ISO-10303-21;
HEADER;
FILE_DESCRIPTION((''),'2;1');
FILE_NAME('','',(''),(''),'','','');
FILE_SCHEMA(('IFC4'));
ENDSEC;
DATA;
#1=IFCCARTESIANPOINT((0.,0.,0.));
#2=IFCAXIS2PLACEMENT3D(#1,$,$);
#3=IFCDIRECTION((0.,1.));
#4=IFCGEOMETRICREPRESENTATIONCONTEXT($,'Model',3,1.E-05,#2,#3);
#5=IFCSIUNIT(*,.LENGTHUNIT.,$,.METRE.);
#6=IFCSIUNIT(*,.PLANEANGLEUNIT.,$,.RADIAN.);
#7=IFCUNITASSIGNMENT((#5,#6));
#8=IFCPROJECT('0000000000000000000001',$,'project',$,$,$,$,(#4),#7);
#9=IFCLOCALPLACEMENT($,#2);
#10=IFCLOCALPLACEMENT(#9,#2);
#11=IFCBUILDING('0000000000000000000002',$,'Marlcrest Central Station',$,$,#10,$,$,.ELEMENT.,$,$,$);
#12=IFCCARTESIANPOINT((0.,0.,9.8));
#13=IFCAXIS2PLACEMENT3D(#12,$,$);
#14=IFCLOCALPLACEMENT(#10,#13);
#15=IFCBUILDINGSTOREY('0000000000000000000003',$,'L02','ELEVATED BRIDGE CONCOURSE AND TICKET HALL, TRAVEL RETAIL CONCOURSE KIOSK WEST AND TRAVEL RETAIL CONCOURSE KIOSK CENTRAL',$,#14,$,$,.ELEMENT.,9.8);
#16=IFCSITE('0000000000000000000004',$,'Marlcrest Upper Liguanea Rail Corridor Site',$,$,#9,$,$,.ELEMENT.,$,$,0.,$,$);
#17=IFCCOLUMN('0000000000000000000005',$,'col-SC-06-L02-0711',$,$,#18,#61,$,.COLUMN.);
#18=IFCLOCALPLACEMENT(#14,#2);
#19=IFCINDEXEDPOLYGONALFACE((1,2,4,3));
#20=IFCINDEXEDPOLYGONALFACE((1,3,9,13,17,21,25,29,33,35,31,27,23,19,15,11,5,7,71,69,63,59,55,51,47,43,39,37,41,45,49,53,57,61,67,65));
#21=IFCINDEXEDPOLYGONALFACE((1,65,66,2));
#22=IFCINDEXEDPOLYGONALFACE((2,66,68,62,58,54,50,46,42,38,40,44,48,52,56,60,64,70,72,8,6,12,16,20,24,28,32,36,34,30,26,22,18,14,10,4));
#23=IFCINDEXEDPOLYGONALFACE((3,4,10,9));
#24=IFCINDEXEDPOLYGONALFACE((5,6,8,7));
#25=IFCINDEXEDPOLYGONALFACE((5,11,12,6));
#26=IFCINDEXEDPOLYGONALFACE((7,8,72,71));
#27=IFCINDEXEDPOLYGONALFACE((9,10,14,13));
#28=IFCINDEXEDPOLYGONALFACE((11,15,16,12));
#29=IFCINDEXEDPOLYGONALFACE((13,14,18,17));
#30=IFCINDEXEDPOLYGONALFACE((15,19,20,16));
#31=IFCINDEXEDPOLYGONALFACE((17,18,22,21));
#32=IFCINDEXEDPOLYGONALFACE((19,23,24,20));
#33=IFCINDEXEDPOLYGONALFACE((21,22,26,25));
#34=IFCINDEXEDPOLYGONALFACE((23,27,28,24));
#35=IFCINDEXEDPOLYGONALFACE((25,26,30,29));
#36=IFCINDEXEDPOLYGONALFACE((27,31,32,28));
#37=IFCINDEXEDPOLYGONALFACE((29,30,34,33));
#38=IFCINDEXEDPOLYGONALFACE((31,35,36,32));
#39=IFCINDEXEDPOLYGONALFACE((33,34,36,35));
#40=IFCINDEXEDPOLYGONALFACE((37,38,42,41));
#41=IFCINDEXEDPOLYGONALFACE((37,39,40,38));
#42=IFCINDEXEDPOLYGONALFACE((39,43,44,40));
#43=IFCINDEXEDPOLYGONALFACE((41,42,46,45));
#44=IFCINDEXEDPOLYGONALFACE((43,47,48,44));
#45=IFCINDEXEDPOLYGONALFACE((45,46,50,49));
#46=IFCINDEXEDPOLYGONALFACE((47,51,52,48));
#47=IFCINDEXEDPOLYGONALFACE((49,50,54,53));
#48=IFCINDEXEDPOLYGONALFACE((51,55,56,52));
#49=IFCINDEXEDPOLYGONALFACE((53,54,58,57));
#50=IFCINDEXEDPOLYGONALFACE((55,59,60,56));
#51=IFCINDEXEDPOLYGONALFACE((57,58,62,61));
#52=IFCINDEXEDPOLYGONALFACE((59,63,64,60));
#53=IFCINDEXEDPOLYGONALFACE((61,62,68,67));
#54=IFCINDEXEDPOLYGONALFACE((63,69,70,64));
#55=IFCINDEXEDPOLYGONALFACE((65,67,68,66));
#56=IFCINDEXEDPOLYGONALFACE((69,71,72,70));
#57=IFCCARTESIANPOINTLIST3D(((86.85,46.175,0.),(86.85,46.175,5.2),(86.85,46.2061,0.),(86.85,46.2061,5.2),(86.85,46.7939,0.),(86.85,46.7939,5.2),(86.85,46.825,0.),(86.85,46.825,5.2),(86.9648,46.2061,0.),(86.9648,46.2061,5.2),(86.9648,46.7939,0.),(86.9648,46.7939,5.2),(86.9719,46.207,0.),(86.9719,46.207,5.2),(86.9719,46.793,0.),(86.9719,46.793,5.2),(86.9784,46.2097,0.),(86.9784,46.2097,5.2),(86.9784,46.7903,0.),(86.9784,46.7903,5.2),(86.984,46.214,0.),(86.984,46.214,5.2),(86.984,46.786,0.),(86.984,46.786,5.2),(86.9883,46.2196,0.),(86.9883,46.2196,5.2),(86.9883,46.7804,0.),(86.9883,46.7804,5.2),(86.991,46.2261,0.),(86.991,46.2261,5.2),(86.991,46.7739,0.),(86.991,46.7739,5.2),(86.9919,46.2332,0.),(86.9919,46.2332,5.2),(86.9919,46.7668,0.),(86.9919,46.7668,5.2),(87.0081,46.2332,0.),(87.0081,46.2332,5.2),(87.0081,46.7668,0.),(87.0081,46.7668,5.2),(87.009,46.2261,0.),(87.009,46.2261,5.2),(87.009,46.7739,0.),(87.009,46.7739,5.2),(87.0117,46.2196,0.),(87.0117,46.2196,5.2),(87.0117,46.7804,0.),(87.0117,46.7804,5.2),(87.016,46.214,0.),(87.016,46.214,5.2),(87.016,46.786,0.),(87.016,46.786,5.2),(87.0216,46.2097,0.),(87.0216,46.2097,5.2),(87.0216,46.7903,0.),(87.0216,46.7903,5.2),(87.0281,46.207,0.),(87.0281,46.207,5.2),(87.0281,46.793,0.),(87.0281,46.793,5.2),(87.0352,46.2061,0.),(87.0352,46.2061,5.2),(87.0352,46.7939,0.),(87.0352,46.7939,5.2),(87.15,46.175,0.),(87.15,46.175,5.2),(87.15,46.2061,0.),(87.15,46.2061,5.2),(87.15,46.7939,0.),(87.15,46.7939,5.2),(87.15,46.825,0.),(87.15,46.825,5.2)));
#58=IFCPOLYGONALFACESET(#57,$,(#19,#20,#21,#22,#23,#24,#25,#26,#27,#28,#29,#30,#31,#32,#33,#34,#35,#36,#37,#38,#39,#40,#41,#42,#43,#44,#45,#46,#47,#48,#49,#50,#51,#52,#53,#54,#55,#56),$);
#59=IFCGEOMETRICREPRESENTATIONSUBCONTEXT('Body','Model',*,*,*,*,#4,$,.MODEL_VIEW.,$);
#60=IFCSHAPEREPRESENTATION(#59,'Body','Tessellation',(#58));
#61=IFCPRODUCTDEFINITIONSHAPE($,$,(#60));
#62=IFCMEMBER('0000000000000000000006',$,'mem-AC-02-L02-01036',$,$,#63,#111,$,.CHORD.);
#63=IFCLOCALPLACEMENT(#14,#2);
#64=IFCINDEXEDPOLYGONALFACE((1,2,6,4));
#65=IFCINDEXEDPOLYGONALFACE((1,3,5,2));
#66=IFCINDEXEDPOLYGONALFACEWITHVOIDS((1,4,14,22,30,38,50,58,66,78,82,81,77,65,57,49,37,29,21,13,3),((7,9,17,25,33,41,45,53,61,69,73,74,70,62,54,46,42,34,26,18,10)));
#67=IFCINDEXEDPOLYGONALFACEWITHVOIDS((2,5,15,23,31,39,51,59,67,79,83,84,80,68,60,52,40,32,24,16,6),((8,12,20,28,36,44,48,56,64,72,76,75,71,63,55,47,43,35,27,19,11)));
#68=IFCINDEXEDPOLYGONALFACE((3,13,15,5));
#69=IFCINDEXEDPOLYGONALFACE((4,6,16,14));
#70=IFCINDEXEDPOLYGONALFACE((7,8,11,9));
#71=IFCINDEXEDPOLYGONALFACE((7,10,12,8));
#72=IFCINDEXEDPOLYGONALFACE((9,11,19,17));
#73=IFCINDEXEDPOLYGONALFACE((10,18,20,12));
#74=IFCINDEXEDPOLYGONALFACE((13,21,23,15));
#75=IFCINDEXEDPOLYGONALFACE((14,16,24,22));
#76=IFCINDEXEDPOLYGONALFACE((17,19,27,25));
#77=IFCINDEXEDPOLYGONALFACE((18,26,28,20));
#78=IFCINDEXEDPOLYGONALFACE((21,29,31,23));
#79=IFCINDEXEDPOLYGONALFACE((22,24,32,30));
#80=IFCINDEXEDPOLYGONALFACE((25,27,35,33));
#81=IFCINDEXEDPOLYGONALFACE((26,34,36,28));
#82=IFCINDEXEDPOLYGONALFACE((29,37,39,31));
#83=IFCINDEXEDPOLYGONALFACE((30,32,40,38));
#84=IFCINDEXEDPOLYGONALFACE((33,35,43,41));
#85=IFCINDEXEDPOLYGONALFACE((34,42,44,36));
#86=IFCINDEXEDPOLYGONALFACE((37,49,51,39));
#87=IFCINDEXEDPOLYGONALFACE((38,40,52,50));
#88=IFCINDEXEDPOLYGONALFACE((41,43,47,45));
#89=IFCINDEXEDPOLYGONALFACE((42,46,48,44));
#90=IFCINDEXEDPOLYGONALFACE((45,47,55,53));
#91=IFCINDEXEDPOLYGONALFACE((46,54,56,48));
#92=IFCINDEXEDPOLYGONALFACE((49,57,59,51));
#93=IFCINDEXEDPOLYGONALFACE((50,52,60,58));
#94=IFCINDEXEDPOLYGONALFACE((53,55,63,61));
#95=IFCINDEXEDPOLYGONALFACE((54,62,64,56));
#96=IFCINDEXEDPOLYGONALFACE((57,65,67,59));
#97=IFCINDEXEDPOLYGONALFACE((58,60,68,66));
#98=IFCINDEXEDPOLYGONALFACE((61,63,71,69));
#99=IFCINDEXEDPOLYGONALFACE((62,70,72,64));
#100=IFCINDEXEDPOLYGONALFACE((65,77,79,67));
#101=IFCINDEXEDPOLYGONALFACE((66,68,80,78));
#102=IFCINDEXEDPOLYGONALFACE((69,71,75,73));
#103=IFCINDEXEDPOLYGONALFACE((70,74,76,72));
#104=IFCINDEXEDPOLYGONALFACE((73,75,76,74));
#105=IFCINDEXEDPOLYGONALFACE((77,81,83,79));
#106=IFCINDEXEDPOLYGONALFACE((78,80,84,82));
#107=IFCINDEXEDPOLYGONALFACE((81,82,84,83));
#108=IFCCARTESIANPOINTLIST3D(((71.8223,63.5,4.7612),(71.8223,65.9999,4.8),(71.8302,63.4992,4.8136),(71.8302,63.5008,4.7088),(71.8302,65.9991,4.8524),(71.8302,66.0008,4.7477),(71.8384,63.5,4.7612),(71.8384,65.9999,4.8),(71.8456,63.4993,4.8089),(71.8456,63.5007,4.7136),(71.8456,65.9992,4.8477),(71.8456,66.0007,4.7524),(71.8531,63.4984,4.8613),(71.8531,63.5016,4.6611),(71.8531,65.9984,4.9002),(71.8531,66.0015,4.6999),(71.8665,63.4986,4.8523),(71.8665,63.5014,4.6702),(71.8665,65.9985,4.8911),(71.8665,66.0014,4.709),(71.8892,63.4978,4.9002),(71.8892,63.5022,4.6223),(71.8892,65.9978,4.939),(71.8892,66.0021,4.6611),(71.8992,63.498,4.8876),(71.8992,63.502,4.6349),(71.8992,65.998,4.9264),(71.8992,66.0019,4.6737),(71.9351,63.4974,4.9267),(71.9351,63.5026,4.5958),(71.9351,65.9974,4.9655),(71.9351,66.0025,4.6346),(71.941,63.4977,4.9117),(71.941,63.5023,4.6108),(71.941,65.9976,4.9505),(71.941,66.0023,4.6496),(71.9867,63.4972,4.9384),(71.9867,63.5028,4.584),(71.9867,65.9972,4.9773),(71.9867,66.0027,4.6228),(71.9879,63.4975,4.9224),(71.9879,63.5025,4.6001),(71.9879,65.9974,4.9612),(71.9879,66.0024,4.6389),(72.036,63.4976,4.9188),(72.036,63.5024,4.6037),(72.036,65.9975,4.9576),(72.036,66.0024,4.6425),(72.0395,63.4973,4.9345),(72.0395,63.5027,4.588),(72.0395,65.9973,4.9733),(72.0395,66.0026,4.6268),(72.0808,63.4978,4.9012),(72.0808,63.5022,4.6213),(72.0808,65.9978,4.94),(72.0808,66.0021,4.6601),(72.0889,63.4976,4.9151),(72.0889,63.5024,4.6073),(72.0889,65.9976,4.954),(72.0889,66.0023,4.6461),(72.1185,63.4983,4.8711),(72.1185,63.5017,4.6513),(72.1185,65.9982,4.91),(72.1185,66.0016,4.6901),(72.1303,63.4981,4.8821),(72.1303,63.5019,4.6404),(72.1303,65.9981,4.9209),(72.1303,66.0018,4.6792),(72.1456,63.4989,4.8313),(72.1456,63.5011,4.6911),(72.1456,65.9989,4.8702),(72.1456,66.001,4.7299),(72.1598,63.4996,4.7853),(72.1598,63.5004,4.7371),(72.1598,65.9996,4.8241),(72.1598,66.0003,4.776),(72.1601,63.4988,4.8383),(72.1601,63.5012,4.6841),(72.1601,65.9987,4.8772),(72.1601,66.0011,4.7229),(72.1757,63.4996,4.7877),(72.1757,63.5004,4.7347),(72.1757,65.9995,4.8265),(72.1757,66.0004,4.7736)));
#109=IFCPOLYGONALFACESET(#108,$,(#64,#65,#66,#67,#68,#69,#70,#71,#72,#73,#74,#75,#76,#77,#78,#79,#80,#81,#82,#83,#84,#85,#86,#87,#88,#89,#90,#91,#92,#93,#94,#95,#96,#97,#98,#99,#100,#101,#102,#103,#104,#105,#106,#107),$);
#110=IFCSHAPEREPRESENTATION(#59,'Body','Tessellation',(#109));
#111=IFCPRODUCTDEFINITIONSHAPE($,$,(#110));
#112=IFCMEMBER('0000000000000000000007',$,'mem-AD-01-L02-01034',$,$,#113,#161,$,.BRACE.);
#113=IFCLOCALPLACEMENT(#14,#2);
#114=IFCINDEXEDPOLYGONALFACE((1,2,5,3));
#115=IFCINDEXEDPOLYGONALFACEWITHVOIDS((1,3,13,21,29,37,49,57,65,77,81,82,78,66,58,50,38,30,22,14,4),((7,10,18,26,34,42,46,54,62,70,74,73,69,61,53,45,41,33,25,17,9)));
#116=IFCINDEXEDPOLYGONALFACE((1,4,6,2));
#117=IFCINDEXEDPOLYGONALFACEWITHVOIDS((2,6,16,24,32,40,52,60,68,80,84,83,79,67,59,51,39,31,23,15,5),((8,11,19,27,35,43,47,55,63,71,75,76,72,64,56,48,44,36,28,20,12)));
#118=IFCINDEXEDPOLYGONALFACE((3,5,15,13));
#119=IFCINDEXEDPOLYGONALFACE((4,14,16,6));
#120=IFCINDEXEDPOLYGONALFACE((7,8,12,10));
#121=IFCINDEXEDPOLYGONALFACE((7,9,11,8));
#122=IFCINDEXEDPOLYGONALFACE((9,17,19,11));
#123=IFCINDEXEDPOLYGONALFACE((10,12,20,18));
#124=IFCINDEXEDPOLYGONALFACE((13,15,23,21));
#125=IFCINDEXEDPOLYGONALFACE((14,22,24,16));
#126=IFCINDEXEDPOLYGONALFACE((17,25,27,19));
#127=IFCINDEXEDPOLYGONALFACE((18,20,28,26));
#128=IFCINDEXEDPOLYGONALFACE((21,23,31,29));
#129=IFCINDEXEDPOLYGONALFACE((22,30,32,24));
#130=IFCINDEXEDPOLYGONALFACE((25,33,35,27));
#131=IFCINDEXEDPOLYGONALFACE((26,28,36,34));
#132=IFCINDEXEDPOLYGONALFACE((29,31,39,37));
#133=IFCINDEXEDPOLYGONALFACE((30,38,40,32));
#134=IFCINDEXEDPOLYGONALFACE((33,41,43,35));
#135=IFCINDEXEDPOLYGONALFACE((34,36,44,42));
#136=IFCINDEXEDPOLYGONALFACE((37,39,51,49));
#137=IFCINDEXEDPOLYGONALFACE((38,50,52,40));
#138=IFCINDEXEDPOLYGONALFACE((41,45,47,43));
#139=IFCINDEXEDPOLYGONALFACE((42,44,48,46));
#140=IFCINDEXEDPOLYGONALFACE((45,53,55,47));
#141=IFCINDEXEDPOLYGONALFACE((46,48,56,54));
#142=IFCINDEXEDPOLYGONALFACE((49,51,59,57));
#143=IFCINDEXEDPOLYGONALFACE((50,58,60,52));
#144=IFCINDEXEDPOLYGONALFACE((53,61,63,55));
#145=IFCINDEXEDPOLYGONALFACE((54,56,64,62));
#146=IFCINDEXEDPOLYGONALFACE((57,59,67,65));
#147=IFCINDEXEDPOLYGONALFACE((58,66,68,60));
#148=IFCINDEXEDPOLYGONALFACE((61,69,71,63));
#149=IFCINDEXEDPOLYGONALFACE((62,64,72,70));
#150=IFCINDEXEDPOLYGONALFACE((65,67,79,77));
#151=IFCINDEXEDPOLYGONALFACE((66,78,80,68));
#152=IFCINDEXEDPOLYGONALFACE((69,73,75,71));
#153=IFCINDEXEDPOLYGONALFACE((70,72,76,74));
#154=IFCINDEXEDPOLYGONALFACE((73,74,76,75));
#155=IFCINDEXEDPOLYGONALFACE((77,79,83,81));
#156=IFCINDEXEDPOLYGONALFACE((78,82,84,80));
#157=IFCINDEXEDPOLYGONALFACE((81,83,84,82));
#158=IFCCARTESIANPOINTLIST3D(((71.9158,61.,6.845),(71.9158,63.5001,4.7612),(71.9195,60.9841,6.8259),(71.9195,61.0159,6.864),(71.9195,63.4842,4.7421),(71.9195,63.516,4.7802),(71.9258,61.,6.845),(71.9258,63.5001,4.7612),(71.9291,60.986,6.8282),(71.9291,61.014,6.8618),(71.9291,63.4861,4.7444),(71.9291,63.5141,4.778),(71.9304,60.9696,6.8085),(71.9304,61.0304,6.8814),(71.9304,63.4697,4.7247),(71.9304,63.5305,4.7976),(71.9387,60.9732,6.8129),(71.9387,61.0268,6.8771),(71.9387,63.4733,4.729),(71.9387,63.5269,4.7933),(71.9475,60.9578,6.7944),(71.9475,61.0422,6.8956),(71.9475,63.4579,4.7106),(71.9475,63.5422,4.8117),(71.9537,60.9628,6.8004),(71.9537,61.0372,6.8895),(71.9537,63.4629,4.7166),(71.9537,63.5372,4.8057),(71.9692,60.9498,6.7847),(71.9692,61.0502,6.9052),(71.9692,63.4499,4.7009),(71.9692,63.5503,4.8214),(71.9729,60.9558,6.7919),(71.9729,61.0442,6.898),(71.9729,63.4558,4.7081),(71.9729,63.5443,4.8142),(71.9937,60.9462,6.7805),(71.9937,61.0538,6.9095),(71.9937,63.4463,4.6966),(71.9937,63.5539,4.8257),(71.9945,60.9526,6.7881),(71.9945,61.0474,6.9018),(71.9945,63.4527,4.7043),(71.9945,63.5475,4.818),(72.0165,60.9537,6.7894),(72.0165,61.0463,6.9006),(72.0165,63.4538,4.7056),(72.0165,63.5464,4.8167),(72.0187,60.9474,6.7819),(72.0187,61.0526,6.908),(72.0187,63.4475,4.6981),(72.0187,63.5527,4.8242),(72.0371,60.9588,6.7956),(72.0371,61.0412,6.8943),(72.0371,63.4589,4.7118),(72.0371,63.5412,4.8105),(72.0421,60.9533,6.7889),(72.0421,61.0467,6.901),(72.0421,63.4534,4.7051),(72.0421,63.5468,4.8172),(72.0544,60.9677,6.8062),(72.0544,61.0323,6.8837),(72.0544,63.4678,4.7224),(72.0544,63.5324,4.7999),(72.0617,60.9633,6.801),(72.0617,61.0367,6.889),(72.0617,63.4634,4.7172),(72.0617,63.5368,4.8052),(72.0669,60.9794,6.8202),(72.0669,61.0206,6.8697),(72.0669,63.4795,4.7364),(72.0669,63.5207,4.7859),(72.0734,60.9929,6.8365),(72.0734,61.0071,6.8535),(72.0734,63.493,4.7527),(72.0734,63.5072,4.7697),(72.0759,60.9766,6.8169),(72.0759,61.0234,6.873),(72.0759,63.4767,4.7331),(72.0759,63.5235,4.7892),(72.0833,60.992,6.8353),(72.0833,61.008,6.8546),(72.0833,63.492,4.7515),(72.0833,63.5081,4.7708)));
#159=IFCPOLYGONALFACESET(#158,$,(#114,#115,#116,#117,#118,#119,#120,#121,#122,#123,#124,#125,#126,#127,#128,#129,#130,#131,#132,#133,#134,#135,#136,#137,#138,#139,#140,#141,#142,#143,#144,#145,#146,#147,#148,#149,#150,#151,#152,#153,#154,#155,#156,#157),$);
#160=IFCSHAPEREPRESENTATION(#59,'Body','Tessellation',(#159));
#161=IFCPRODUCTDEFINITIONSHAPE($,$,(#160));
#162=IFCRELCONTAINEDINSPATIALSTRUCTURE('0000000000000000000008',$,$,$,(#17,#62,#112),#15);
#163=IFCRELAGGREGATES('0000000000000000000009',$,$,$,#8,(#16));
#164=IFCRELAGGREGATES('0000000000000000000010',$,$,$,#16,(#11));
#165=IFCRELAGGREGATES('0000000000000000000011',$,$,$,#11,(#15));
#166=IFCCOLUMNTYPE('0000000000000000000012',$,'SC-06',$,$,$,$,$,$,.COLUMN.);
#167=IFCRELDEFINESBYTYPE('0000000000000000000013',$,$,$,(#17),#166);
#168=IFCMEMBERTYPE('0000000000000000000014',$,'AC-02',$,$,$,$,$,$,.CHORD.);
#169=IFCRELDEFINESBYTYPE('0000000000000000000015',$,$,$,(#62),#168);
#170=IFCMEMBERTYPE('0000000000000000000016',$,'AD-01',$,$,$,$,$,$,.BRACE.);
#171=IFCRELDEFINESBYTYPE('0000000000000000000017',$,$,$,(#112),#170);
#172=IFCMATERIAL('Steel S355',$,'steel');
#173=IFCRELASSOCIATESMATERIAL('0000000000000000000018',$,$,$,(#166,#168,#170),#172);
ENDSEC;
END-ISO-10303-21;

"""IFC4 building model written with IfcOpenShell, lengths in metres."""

from ifc_helpers import new_model, si_unit, direction, frame, origin, origin_2d, place, context, subcontext, project, spatial, hollow_circle, i_section, extrude, material, material_profile, profile_set, type_object, element, save


model = new_model("IFC4")

# Units and contexts
model_context = context("Model", 3, precision=1e-05, world=origin(), true_north=direction((0.0, 1.0)))
body_context = subcontext(model_context, "Body", "Model", "MODEL_VIEW")
ifc_project = project(units=[si_unit("LENGTHUNIT", "METRE"), si_unit("PLANEANGLEUNIT", "RADIAN")], contexts=[model_context])

# Site, building, storey
site_placement = place(None, origin())
site = spatial("IfcSite", under=ifc_project, at=site_placement, Name="Marlcrest Upper Liguanea Rail Corridor Site", CompositionType="ELEMENT", RefElevation=0.0)
building_placement = place(site_placement, origin())
building = spatial("IfcBuilding", under=site, at=building_placement, Name="Marlcrest Central Station", CompositionType="ELEMENT")
storey_placement = place(building_placement, frame((0.0, 0.0, 9.8)))
storey = spatial("IfcBuildingStorey", under=building, at=storey_placement, Name="L02", Description="ELEVATED BRIDGE CONCOURSE AND TICKET HALL, TRAVEL RETAIL CONCOURSE KIOSK WEST AND TRAVEL RETAIL CONCOURSE KIOSK CENTRAL", CompositionType="ELEMENT", Elevation=9.8)

# Column
ifc_material_1 = material(Name="Steel S355", Category="steel")
ifc_material_profile_1 = material_profile(ifc_material_1, i_section(OverallWidth=0.3, OverallDepth=0.6499, WebThickness=0.0161, FlangeThickness=0.031, FilletRadius=0.0271, at=origin_2d()), Name="HEB 650")
ifc_profile_set_1 = profile_set([ifc_material_profile_1], Name="Steel S355")
column_type = type_object("IfcColumnType", Name="SC-06", PredefinedType="COLUMN", material=ifc_profile_set_1)
column_placement = place(storey_placement, frame((87.0, 46.5, 0.0), z_axis=(0.0, 0.0, 1.0), x_axis=(1.0, 0.0, 0.0)))
element("IfcColumn", 1, at=column_placement, inside=storey, type_object=column_type, Name="col-SC-06-L02-0711", PredefinedType="COLUMN", context=body_context, shape_type="SweptSolid", body=[
    extrude(i_section(OverallWidth=0.3, OverallDepth=0.6499, WebThickness=0.0161, FlangeThickness=0.031, FilletRadius=0.0271, at=origin_2d()), origin(), (0.0, 0.0, 1.0), 5.2),
])

# Members
ifc_material_profile_2 = material_profile(ifc_material_1, hollow_circle(Radius=0.1777, WallThickness=0.0161, at=origin_2d()), Name="CHS 355.6x16")
ifc_profile_set_2 = profile_set([ifc_material_profile_2], Name="Steel S355")
member_type_1 = type_object("IfcMemberType", Name="AC-02", PredefinedType="CHORD", material=ifc_profile_set_2)
member_1_placement = place(storey_placement, frame((72.0, 63.5, 4.7612), z_axis=(0.0, 0.999879, 0.015525), x_axis=(-1.0, 0.0, 0.0)))
element("IfcMember", 2, at=member_1_placement, inside=storey, type_object=member_type_1, Name="mem-AC-02-L02-01036", PredefinedType="CHORD", context=body_context, shape_type="SweptSolid", body=[
    extrude(hollow_circle(Radius=0.1777, WallThickness=0.0161, at=origin_2d()), origin(), (0.0, 0.0, 1.0), 2.5002),
])
ifc_material_profile_3 = material_profile(ifc_material_1, hollow_circle(Radius=0.0842, WallThickness=0.01, at=origin_2d()), Name="CHS 168.3x10")
ifc_profile_set_3 = profile_set([ifc_material_profile_3], Name="Steel S355")
member_type_2 = type_object("IfcMemberType", Name="AD-01", PredefinedType="BRACE", material=ifc_profile_set_3)
member_2_placement = place(storey_placement, frame((72.0, 61.0, 6.845), z_axis=(0.0, 0.76816, -0.640258), x_axis=(-1.0, 0.0, 0.0)))
element("IfcMember", 3, at=member_2_placement, inside=storey, type_object=member_type_2, Name="mem-AD-01-L02-01034", PredefinedType="BRACE", context=body_context, shape_type="SweptSolid", body=[
    extrude(hollow_circle(Radius=0.0842, WallThickness=0.01, at=origin_2d()), origin(), (0.0, 0.0, 1.0), 3.2546),
])

save(model, "model.ifc")
